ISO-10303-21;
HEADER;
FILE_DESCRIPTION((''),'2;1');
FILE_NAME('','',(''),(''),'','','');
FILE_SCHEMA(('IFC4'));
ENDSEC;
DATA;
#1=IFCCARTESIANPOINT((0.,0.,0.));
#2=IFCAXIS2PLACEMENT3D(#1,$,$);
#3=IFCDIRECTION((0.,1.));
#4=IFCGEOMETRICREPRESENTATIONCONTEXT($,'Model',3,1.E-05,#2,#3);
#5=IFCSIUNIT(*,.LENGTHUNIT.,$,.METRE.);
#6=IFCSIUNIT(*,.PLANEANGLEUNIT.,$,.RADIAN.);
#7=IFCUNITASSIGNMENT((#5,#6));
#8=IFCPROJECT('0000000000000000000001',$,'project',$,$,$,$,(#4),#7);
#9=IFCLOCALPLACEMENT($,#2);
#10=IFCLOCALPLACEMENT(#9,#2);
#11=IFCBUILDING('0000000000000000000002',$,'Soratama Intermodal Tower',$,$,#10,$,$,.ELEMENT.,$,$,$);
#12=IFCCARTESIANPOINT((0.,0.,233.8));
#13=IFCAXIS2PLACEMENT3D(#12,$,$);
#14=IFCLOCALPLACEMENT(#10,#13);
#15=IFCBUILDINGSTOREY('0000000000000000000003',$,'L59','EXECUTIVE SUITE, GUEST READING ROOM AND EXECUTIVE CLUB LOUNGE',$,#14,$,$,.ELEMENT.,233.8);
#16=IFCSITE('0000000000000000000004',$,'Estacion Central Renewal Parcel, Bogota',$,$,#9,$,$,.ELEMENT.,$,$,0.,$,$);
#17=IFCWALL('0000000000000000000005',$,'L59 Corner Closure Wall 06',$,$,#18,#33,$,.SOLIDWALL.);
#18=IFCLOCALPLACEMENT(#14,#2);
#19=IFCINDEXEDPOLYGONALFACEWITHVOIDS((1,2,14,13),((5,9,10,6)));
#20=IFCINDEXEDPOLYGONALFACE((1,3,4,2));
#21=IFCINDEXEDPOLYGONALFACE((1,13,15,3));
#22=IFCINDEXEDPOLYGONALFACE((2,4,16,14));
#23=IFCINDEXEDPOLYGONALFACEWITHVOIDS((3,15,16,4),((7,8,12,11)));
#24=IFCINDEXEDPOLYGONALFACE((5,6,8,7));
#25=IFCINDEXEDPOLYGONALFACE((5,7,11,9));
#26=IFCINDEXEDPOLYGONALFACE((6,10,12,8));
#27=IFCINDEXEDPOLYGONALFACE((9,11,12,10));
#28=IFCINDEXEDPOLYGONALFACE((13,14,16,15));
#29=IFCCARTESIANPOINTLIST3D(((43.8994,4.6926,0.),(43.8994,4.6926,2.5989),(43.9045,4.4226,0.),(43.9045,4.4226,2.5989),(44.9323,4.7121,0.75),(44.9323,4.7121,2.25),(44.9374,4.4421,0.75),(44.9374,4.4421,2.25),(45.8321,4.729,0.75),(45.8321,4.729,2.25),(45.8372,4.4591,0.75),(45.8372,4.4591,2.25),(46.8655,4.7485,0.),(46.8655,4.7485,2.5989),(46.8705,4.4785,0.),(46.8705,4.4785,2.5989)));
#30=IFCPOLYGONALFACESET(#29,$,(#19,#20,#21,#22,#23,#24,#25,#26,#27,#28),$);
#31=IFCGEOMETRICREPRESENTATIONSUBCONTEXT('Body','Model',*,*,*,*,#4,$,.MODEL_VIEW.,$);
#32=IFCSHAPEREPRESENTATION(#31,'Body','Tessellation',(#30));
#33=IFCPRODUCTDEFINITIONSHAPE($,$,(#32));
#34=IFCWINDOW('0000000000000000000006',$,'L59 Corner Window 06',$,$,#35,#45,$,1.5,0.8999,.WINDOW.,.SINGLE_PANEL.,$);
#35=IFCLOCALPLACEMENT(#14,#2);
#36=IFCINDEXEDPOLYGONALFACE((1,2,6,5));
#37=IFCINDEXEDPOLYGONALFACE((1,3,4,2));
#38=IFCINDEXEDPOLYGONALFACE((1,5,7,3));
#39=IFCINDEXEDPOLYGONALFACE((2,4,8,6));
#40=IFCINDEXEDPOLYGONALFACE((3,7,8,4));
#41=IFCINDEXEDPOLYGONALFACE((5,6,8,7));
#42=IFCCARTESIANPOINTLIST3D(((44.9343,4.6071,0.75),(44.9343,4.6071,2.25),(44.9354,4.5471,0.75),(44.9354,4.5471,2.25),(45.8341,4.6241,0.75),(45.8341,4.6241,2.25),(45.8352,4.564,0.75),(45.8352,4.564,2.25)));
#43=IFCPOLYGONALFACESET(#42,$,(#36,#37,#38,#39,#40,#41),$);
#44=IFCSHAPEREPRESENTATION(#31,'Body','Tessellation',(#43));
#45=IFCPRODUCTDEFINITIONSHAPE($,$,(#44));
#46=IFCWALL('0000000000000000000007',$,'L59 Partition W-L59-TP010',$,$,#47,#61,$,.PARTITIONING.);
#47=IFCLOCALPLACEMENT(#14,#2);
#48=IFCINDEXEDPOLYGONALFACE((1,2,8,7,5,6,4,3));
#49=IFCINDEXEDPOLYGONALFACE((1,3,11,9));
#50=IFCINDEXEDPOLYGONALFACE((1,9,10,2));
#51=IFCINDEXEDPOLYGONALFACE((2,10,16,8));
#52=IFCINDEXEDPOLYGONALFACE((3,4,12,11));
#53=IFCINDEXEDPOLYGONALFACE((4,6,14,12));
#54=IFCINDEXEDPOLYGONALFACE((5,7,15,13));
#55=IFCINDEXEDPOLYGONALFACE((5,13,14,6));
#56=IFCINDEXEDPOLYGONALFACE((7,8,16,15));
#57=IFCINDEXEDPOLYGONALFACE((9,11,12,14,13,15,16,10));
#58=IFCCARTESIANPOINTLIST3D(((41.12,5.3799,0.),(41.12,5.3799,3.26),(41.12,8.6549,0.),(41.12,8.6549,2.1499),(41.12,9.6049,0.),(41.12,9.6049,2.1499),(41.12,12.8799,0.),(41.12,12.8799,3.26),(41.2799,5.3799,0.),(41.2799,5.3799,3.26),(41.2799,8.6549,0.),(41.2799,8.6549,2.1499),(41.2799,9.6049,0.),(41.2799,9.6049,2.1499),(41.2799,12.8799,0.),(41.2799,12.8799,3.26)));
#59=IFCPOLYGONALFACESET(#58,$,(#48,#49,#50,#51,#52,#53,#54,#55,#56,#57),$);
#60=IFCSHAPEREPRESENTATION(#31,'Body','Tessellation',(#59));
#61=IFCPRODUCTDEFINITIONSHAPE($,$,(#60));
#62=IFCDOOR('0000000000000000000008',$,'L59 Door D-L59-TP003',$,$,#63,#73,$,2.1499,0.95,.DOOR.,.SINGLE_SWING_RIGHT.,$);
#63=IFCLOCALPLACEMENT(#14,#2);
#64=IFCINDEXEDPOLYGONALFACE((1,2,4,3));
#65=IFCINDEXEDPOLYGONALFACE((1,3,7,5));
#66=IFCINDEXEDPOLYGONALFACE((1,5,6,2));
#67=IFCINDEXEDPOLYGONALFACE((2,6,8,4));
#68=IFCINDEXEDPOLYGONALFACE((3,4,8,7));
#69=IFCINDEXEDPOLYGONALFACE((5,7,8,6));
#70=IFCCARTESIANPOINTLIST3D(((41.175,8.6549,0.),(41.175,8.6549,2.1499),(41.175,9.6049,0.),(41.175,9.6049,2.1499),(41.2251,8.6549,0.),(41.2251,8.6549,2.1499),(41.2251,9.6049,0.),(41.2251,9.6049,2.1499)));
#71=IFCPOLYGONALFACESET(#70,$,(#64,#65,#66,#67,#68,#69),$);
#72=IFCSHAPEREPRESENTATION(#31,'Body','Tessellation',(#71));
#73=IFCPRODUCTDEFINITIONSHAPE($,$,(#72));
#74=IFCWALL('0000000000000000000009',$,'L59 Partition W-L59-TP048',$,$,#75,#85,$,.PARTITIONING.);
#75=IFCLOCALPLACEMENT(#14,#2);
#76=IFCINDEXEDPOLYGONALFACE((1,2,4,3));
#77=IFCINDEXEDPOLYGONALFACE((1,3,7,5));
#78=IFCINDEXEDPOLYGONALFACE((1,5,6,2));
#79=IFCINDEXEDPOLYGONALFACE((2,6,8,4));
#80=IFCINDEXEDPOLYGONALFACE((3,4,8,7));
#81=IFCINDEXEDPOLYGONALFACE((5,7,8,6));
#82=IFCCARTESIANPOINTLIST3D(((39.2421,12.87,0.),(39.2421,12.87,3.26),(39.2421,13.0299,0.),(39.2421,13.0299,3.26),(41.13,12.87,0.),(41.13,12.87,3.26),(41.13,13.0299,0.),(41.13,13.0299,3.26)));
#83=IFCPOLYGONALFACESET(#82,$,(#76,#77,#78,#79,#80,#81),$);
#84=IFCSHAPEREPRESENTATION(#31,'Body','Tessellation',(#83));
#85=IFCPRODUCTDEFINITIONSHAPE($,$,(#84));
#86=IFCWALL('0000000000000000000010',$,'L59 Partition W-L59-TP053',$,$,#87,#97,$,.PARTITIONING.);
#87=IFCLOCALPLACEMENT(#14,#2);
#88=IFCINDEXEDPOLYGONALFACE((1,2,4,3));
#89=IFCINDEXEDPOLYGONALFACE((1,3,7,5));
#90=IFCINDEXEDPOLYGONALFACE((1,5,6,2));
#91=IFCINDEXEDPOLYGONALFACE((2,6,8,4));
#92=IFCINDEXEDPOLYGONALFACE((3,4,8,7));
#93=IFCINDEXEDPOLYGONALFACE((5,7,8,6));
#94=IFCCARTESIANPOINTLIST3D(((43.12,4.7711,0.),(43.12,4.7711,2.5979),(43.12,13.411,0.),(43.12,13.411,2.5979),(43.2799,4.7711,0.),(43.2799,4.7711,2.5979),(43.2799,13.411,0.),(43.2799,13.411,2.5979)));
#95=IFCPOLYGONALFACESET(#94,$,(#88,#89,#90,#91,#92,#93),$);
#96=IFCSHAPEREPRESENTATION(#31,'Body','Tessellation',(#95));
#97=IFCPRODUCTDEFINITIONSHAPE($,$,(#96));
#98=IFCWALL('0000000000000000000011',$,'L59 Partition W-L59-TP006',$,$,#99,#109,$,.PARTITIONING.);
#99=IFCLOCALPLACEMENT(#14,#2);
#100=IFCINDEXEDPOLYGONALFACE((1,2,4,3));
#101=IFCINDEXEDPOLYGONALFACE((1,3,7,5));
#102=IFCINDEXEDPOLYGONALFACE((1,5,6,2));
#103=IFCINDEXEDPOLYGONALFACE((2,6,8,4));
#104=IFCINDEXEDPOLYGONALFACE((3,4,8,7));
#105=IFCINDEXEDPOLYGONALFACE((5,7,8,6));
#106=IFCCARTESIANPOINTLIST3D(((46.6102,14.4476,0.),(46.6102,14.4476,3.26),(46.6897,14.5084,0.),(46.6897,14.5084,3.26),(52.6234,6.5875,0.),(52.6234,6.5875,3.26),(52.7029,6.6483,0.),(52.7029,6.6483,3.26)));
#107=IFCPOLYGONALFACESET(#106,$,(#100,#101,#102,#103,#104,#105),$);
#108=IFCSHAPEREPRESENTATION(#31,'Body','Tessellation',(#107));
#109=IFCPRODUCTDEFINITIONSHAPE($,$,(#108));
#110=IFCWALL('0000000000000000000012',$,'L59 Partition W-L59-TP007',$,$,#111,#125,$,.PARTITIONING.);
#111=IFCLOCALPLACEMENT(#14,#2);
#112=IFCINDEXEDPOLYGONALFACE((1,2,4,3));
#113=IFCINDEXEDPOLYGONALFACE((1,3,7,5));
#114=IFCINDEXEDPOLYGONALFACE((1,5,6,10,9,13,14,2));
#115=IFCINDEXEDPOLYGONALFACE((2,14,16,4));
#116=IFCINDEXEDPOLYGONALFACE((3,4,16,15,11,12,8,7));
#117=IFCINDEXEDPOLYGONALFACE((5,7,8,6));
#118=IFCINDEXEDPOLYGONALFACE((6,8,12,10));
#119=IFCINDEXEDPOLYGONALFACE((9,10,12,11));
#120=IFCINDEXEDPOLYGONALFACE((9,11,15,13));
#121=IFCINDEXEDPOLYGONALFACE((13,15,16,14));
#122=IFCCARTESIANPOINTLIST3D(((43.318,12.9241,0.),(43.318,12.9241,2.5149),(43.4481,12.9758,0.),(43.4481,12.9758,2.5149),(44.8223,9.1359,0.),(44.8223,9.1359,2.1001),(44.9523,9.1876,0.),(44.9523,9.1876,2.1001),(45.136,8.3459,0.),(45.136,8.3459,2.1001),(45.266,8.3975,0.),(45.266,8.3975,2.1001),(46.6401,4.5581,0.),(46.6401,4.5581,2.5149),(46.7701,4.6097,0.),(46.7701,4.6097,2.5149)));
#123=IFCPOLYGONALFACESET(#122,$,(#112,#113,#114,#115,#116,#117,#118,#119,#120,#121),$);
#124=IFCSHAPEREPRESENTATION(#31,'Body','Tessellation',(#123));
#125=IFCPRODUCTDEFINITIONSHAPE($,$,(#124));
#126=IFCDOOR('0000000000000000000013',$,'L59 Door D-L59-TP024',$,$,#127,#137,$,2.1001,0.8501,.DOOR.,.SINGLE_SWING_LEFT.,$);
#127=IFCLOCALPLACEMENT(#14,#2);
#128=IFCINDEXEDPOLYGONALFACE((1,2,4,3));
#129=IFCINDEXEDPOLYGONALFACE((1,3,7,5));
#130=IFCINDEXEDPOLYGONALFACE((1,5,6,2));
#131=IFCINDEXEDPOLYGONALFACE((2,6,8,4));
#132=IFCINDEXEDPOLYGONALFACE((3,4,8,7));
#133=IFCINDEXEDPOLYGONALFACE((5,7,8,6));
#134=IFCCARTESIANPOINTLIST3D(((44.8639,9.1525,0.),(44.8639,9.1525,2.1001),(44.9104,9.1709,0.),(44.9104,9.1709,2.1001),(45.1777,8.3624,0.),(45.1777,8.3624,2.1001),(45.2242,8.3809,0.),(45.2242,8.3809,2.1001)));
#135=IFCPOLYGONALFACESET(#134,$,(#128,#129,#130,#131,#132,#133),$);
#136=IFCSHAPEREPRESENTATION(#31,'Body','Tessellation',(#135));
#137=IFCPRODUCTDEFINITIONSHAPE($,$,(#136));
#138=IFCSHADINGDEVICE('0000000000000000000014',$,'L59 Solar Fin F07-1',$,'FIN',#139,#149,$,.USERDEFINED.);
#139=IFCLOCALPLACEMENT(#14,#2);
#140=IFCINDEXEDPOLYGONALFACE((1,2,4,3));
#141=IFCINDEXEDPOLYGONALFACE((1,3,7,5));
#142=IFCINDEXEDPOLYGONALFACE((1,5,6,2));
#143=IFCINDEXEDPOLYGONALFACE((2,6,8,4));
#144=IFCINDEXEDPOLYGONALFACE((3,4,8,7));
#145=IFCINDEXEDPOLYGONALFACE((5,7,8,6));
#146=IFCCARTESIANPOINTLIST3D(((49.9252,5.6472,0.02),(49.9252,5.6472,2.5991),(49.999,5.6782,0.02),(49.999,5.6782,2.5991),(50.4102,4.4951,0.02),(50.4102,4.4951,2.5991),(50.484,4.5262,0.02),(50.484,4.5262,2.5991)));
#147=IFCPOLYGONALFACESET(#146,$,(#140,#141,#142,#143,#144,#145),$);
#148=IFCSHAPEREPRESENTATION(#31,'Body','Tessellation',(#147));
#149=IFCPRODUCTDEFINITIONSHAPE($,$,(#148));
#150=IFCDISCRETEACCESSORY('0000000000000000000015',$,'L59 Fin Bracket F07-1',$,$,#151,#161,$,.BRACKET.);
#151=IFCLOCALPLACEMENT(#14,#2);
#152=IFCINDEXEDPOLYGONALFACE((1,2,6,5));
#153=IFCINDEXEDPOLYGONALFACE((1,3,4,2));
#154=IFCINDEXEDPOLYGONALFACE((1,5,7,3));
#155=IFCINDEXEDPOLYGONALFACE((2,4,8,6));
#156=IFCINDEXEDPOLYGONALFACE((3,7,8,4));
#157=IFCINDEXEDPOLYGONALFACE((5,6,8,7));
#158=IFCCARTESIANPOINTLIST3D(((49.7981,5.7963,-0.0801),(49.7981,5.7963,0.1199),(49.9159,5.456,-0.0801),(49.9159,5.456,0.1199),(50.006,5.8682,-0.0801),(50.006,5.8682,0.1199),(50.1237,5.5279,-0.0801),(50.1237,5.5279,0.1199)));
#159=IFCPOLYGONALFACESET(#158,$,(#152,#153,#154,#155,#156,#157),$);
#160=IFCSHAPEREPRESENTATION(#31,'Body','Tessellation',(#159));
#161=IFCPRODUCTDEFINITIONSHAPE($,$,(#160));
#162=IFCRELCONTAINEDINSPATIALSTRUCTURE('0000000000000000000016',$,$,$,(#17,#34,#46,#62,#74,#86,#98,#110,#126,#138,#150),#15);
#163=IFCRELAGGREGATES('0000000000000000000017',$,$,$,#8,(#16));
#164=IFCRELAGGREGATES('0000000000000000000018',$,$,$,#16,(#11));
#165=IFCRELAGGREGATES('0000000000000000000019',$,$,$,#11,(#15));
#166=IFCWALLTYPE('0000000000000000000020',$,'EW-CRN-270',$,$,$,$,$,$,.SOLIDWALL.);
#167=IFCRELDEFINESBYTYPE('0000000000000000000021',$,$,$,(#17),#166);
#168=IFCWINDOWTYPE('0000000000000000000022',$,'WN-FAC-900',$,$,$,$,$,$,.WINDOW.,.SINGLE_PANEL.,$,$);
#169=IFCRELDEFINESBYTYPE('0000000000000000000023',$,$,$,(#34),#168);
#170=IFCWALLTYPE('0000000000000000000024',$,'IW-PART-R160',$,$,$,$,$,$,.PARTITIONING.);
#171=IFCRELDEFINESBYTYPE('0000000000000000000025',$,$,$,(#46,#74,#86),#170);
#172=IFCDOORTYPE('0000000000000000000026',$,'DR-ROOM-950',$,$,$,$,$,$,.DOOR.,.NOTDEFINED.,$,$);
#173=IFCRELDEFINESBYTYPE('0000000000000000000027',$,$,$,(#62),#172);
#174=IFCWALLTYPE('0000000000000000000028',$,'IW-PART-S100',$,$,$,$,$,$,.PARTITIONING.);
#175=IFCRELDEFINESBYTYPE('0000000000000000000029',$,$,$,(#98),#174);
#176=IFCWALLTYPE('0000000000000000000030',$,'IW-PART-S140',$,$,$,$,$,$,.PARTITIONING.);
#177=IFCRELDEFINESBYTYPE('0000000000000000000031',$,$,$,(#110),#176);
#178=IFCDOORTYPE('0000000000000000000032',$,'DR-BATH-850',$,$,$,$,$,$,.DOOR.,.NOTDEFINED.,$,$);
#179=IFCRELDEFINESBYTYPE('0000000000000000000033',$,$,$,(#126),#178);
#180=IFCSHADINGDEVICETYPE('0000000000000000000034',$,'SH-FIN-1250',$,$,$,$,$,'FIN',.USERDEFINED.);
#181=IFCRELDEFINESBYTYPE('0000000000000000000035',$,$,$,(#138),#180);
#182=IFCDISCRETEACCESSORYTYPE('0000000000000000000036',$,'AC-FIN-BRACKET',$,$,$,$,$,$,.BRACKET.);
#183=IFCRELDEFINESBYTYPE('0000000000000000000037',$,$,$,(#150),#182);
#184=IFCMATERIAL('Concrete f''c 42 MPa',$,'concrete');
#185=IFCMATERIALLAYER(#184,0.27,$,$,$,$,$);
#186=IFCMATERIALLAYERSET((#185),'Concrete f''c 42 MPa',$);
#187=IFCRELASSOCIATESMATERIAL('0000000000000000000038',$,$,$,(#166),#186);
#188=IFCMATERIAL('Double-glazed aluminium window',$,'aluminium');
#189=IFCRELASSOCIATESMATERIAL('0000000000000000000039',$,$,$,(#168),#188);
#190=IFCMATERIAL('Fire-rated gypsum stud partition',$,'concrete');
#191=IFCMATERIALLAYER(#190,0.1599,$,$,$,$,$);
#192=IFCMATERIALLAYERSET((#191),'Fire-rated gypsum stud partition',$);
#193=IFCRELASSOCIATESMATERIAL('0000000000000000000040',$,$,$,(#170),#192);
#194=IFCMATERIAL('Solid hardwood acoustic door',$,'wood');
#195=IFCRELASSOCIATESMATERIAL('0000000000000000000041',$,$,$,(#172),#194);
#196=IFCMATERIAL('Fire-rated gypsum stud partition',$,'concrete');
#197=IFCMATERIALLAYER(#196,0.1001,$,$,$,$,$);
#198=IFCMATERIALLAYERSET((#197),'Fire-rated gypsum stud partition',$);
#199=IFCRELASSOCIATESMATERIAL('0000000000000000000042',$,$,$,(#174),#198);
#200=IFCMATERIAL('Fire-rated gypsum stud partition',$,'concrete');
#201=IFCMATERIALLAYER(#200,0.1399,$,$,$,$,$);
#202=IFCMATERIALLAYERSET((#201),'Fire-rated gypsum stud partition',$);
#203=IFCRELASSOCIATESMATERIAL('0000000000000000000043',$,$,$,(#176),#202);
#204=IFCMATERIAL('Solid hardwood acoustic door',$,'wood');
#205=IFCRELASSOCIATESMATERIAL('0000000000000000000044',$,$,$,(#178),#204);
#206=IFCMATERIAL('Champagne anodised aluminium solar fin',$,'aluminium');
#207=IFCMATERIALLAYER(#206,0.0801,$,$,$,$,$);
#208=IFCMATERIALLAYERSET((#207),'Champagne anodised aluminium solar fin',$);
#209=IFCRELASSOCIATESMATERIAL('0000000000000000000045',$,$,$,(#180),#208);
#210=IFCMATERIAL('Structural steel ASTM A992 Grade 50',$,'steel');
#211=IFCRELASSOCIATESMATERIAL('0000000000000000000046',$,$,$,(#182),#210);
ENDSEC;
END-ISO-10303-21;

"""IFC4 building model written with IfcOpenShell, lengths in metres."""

from ifc_helpers import new_model, si_unit, direction, frame, frame_2d, origin, origin_2d, place, context, subcontext, project, spatial, rectangle, extrude, material, layer, layer_set, type_object, element, fill, save


model = new_model("IFC4")

# Units and contexts
model_context = context("Model", 3, precision=1e-05, world=origin(), true_north=direction((0.0, 1.0)))
body_context = subcontext(model_context, "Body", "Model", "MODEL_VIEW")
ifc_project = project(units=[si_unit("LENGTHUNIT", "METRE"), si_unit("PLANEANGLEUNIT", "RADIAN")], contexts=[model_context])

# Site, building, storey
site_placement = place(None, origin())
site = spatial("IfcSite", under=ifc_project, at=site_placement, Name="Estacion Central Renewal Parcel, Bogota", CompositionType="ELEMENT", RefElevation=0.0)
building_placement = place(site_placement, origin())
building = spatial("IfcBuilding", under=site, at=building_placement, Name="Soratama Intermodal Tower", CompositionType="ELEMENT")
storey_placement = place(building_placement, frame((0.0, 0.0, 233.8)))
storey = spatial("IfcBuildingStorey", under=building, at=storey_placement, Name="L59", Description="EXECUTIVE SUITE, GUEST READING ROOM AND EXECUTIVE CLUB LOUNGE", CompositionType="ELEMENT", Elevation=233.8)

# Wall, opening, window
ifc_material_1 = material(Name="Concrete f'c 42 MPa", Category="concrete")
ifc_layer_1 = layer(ifc_material_1, 0.27)
ifc_layer_set_1 = layer_set([ifc_layer_1], Name="Concrete f'c 42 MPa")
wall_type_1 = type_object("IfcWallType", Name="EW-CRN-270", PredefinedType="SOLIDWALL", material=ifc_layer_set_1)
wall_1_placement = place(storey_placement, frame((43.9019, 4.5576, 0.0), z_axis=(0.0, 0.0, 1.0), x_axis=(0.999822, 0.018846, 0.0)))
wall_1 = element("IfcWall", 1, at=wall_1_placement, inside=storey, type_object=wall_type_1, Name="L59 Corner Closure Wall 06", PredefinedType="SOLIDWALL", context=body_context, shape_type="SweptSolid", body=[
    extrude(rectangle(XDim=2.9666, YDim=0.27, at=frame_2d((1.4834, 0.0))), origin(), (0.0, 0.0, 1.0), 2.5989),
])
opening_1_placement = place(wall_1_placement, frame((1.0332, 0.0, 0.75)))
opening_1 = element("IfcOpeningElement", 2, at=opening_1_placement, cuts=wall_1, PredefinedType="OPENING", context=body_context, shape_type="SweptSolid", body=[
    extrude(rectangle(XDim=0.8999, YDim=1.5, at=frame_2d((0.45, 0.75))), frame((0.0, 0.145, 0.0), z_axis=(0.0, -1.0, 0.0), x_axis=(1.0, 0.0, 0.0)), (0.0, 0.0, 1.0), 0.29),
])
ifc_material_2 = material(Name="Double-glazed aluminium window", Category="aluminium")
window_type = type_object("IfcWindowType", Name="WN-FAC-900", PartitioningType="SINGLE_PANEL", PredefinedType="WINDOW", material=ifc_material_2)
window_placement = place(opening_1_placement, origin())
window = element("IfcWindow", 3, at=window_placement, inside=storey, type_object=window_type, Name="L59 Corner Window 06", OverallHeight=1.5, OverallWidth=0.8999, PartitioningType="SINGLE_PANEL", PredefinedType="WINDOW", context=body_context, shape_type="SweptSolid", body=[
    extrude(rectangle(XDim=0.8999, YDim=1.5, at=frame_2d((0.45, 0.75))), frame((0.0, 0.03, 0.0), z_axis=(0.0, -1.0, 0.0), x_axis=(1.0, 0.0, 0.0)), (0.0, 0.0, 1.0), 0.0601),
])
fill(opening_1, window)

# Wall, opening, door
ifc_material_3 = material(Name="Fire-rated gypsum stud partition", Category="concrete")
ifc_layer_2 = layer(ifc_material_3, 0.1599)
ifc_layer_set_2 = layer_set([ifc_layer_2], Name="Fire-rated gypsum stud partition")
wall_type_2 = type_object("IfcWallType", Name="IW-PART-R160", PredefinedType="PARTITIONING", material=ifc_layer_set_2)
wall_2_placement = place(storey_placement, frame((41.2, 5.3799, 0.0), z_axis=(0.0, 0.0, 1.0), x_axis=(0.0, 1.0, 0.0)))
wall_2 = element("IfcWall", 4, at=wall_2_placement, inside=storey, type_object=wall_type_2, Name="L59 Partition W-L59-TP010", PredefinedType="PARTITIONING", context=body_context, shape_type="SweptSolid", body=[
    extrude(rectangle(XDim=7.5, YDim=0.1599, at=frame_2d((3.75, 0.0))), origin(), (0.0, 0.0, 1.0), 3.26),
])
opening_2_placement = place(wall_2_placement, frame((3.2749, 0.0, 0.0)))
opening_2 = element("IfcOpeningElement", 5, at=opening_2_placement, cuts=wall_2, PredefinedType="OPENING", context=body_context, shape_type="SweptSolid", body=[
    extrude(rectangle(XDim=0.95, YDim=2.1499, at=frame_2d((0.4751, 1.075))), frame((0.0, 0.0898, 0.0), z_axis=(0.0, -1.0, 0.0), x_axis=(1.0, 0.0, 0.0)), (0.0, 0.0, 1.0), 0.1799),
])
ifc_material_4 = material(Name="Solid hardwood acoustic door", Category="wood")
door_type_1 = type_object("IfcDoorType", Name="DR-ROOM-950", OperationType="NOTDEFINED", PredefinedType="DOOR", material=ifc_material_4)
door_1_placement = place(opening_2_placement, origin())
door_1 = element("IfcDoor", 6, at=door_1_placement, inside=storey, type_object=door_type_1, Name="L59 Door D-L59-TP003", OperationType="SINGLE_SWING_RIGHT", OverallHeight=2.1499, OverallWidth=0.95, PredefinedType="DOOR", context=body_context, shape_type="SweptSolid", body=[
    extrude(rectangle(XDim=0.95, YDim=2.1499, at=frame_2d((0.4751, 1.075))), frame((0.0, 0.0249, 0.0), z_axis=(0.0, -1.0, 0.0), x_axis=(1.0, 0.0, 0.0)), (0.0, 0.0, 1.0), 0.05),
])
fill(opening_2, door_1)

# Walls
wall_3_placement = place(storey_placement, frame((41.1299, 12.95, 0.0), z_axis=(0.0, 0.0, 1.0), x_axis=(-1.0, 0.0, 0.0)))
element("IfcWall", 7, at=wall_3_placement, inside=storey, type_object=wall_type_2, Name="L59 Partition W-L59-TP048", PredefinedType="PARTITIONING", context=body_context, shape_type="SweptSolid", body=[
    extrude(rectangle(XDim=1.8879, YDim=0.1599, at=frame_2d((0.9438, 0.0))), origin(), (0.0, 0.0, 1.0), 3.26),
])
wall_4_placement = place(storey_placement, frame((43.2, 13.4109, 0.0), z_axis=(0.0, 0.0, 1.0), x_axis=(0.0, -1.0, 0.0)))
element("IfcWall", 8, at=wall_4_placement, inside=storey, type_object=wall_type_2, Name="L59 Partition W-L59-TP053", PredefinedType="PARTITIONING", context=body_context, shape_type="SweptSolid", body=[
    extrude(rectangle(XDim=8.6399, YDim=0.1599, at=frame_2d((4.3198, 0.0))), origin(), (0.0, 0.0, 1.0), 2.5979),
])
ifc_material_5 = material(Name="Fire-rated gypsum stud partition", Category="concrete")
ifc_layer_3 = layer(ifc_material_5, 0.1001)
ifc_layer_set_3 = layer_set([ifc_layer_3], Name="Fire-rated gypsum stud partition")
wall_type_3 = type_object("IfcWallType", Name="IW-PART-S100", PredefinedType="PARTITIONING", material=ifc_layer_set_3)
wall_5_placement = place(storey_placement, frame((46.6499, 14.478, 0.0), z_axis=(0.0, 0.0, 1.0), x_axis=(0.60761, -0.794235, 0.0)))
element("IfcWall", 9, at=wall_5_placement, inside=storey, type_object=wall_type_3, Name="L59 Partition W-L59-TP006", PredefinedType="PARTITIONING", context=body_context, shape_type="SweptSolid", body=[
    extrude(rectangle(XDim=9.8965, YDim=0.1001, at=frame_2d((4.9482, 0.0))), origin(), (0.0, 0.0, 1.0), 3.26),
])

# Wall, opening, door
ifc_material_6 = material(Name="Fire-rated gypsum stud partition", Category="concrete")
ifc_layer_4 = layer(ifc_material_6, 0.1399)
ifc_layer_set_4 = layer_set([ifc_layer_4], Name="Fire-rated gypsum stud partition")
wall_type_4 = type_object("IfcWallType", Name="IW-PART-S140", PredefinedType="PARTITIONING", material=ifc_layer_set_4)
wall_6_placement = place(storey_placement, frame((43.3831, 12.95, 0.0), z_axis=(0.0, 0.0, 1.0), x_axis=(0.369056, -0.929407, 0.0)))
wall_6 = element("IfcWall", 10, at=wall_6_placement, inside=storey, type_object=wall_type_4, Name="L59 Partition W-L59-TP007", PredefinedType="PARTITIONING", context=body_context, shape_type="SweptSolid", body=[
    extrude(rectangle(XDim=9.0015, YDim=0.1399, at=frame_2d((4.5007, 0.0))), origin(), (0.0, 0.0, 1.0), 2.5149),
])
opening_3_placement = place(wall_6_placement, frame((4.0759, 0.0, 0.0)))
opening_3 = element("IfcOpeningElement", 11, at=opening_3_placement, cuts=wall_6, PredefinedType="OPENING", context=body_context, shape_type="SweptSolid", body=[
    extrude(rectangle(XDim=0.8501, YDim=2.1001, at=frame_2d((0.425, 1.05))), frame((0.0, 0.0798, 0.0), z_axis=(0.0, -1.0, 0.0), x_axis=(1.0, 0.0, 0.0)), (0.0, 0.0, 1.0), 0.1599),
])
ifc_material_7 = material(Name="Solid hardwood acoustic door", Category="wood")
door_type_2 = type_object("IfcDoorType", Name="DR-BATH-850", OperationType="NOTDEFINED", PredefinedType="DOOR", material=ifc_material_7)
door_2_placement = place(opening_3_placement, origin())
door_2 = element("IfcDoor", 12, at=door_2_placement, inside=storey, type_object=door_type_2, Name="L59 Door D-L59-TP024", OperationType="SINGLE_SWING_LEFT", OverallHeight=2.1001, OverallWidth=0.8501, PredefinedType="DOOR", context=body_context, shape_type="SweptSolid", body=[
    extrude(rectangle(XDim=0.8501, YDim=2.1001, at=frame_2d((0.425, 1.05))), frame((0.0, 0.0249, 0.0), z_axis=(0.0, -1.0, 0.0), x_axis=(1.0, 0.0, 0.0)), (0.0, 0.0, 1.0), 0.05),
])
fill(opening_3, door_2)

# Shading device
ifc_material_8 = material(Name="Champagne anodised aluminium solar fin", Category="aluminium")
ifc_layer_5 = layer(ifc_material_8, 0.0801)
ifc_layer_set_5 = layer_set([ifc_layer_5], Name="Champagne anodised aluminium solar fin")
shading_device_type = type_object("IfcShadingDeviceType", Name="SH-FIN-1250", ElementType="FIN", PredefinedType="USERDEFINED", material=ifc_layer_set_5)
shading_device_placement = place(storey_placement, frame((50.2046, 5.0867, 0.02), z_axis=(0.0, 0.0, 1.0), x_axis=(0.387998, -0.92166, 0.0)))
element("IfcShadingDevice", 13, at=shading_device_placement, inside=storey, type_object=shading_device_type, Name="L59 Solar Fin F07-1", ObjectType="FIN", PredefinedType="USERDEFINED", context=body_context, shape_type="SweptSolid", body=[
    extrude(rectangle(XDim=1.25, YDim=0.0801, at=origin_2d()), origin(), (0.0, 0.0, 1.0), 2.5791),
])

# Discrete accessory
ifc_material_9 = material(Name="Structural steel ASTM A992 Grade 50", Category="steel")
discrete_accessory_type = type_object("IfcDiscreteAccessoryType", Name="AC-FIN-BRACKET", PredefinedType="BRACKET", material=ifc_material_9)
discrete_accessory_placement = place(storey_placement, frame((49.9609, 5.6621, -0.0801), z_axis=(0.0, 0.0, 1.0), x_axis=(0.326888, -0.945063, 0.0)))
element("IfcDiscreteAccessory", 14, at=discrete_accessory_placement, inside=storey, type_object=discrete_accessory_type, Name="L59 Fin Bracket F07-1", PredefinedType="BRACKET", context=body_context, shape_type="SweptSolid", body=[
    extrude(rectangle(XDim=0.3601, YDim=0.22, at=origin_2d()), origin(), (0.0, 0.0, 1.0), 0.2),
])

save(model, "model.ifc")
